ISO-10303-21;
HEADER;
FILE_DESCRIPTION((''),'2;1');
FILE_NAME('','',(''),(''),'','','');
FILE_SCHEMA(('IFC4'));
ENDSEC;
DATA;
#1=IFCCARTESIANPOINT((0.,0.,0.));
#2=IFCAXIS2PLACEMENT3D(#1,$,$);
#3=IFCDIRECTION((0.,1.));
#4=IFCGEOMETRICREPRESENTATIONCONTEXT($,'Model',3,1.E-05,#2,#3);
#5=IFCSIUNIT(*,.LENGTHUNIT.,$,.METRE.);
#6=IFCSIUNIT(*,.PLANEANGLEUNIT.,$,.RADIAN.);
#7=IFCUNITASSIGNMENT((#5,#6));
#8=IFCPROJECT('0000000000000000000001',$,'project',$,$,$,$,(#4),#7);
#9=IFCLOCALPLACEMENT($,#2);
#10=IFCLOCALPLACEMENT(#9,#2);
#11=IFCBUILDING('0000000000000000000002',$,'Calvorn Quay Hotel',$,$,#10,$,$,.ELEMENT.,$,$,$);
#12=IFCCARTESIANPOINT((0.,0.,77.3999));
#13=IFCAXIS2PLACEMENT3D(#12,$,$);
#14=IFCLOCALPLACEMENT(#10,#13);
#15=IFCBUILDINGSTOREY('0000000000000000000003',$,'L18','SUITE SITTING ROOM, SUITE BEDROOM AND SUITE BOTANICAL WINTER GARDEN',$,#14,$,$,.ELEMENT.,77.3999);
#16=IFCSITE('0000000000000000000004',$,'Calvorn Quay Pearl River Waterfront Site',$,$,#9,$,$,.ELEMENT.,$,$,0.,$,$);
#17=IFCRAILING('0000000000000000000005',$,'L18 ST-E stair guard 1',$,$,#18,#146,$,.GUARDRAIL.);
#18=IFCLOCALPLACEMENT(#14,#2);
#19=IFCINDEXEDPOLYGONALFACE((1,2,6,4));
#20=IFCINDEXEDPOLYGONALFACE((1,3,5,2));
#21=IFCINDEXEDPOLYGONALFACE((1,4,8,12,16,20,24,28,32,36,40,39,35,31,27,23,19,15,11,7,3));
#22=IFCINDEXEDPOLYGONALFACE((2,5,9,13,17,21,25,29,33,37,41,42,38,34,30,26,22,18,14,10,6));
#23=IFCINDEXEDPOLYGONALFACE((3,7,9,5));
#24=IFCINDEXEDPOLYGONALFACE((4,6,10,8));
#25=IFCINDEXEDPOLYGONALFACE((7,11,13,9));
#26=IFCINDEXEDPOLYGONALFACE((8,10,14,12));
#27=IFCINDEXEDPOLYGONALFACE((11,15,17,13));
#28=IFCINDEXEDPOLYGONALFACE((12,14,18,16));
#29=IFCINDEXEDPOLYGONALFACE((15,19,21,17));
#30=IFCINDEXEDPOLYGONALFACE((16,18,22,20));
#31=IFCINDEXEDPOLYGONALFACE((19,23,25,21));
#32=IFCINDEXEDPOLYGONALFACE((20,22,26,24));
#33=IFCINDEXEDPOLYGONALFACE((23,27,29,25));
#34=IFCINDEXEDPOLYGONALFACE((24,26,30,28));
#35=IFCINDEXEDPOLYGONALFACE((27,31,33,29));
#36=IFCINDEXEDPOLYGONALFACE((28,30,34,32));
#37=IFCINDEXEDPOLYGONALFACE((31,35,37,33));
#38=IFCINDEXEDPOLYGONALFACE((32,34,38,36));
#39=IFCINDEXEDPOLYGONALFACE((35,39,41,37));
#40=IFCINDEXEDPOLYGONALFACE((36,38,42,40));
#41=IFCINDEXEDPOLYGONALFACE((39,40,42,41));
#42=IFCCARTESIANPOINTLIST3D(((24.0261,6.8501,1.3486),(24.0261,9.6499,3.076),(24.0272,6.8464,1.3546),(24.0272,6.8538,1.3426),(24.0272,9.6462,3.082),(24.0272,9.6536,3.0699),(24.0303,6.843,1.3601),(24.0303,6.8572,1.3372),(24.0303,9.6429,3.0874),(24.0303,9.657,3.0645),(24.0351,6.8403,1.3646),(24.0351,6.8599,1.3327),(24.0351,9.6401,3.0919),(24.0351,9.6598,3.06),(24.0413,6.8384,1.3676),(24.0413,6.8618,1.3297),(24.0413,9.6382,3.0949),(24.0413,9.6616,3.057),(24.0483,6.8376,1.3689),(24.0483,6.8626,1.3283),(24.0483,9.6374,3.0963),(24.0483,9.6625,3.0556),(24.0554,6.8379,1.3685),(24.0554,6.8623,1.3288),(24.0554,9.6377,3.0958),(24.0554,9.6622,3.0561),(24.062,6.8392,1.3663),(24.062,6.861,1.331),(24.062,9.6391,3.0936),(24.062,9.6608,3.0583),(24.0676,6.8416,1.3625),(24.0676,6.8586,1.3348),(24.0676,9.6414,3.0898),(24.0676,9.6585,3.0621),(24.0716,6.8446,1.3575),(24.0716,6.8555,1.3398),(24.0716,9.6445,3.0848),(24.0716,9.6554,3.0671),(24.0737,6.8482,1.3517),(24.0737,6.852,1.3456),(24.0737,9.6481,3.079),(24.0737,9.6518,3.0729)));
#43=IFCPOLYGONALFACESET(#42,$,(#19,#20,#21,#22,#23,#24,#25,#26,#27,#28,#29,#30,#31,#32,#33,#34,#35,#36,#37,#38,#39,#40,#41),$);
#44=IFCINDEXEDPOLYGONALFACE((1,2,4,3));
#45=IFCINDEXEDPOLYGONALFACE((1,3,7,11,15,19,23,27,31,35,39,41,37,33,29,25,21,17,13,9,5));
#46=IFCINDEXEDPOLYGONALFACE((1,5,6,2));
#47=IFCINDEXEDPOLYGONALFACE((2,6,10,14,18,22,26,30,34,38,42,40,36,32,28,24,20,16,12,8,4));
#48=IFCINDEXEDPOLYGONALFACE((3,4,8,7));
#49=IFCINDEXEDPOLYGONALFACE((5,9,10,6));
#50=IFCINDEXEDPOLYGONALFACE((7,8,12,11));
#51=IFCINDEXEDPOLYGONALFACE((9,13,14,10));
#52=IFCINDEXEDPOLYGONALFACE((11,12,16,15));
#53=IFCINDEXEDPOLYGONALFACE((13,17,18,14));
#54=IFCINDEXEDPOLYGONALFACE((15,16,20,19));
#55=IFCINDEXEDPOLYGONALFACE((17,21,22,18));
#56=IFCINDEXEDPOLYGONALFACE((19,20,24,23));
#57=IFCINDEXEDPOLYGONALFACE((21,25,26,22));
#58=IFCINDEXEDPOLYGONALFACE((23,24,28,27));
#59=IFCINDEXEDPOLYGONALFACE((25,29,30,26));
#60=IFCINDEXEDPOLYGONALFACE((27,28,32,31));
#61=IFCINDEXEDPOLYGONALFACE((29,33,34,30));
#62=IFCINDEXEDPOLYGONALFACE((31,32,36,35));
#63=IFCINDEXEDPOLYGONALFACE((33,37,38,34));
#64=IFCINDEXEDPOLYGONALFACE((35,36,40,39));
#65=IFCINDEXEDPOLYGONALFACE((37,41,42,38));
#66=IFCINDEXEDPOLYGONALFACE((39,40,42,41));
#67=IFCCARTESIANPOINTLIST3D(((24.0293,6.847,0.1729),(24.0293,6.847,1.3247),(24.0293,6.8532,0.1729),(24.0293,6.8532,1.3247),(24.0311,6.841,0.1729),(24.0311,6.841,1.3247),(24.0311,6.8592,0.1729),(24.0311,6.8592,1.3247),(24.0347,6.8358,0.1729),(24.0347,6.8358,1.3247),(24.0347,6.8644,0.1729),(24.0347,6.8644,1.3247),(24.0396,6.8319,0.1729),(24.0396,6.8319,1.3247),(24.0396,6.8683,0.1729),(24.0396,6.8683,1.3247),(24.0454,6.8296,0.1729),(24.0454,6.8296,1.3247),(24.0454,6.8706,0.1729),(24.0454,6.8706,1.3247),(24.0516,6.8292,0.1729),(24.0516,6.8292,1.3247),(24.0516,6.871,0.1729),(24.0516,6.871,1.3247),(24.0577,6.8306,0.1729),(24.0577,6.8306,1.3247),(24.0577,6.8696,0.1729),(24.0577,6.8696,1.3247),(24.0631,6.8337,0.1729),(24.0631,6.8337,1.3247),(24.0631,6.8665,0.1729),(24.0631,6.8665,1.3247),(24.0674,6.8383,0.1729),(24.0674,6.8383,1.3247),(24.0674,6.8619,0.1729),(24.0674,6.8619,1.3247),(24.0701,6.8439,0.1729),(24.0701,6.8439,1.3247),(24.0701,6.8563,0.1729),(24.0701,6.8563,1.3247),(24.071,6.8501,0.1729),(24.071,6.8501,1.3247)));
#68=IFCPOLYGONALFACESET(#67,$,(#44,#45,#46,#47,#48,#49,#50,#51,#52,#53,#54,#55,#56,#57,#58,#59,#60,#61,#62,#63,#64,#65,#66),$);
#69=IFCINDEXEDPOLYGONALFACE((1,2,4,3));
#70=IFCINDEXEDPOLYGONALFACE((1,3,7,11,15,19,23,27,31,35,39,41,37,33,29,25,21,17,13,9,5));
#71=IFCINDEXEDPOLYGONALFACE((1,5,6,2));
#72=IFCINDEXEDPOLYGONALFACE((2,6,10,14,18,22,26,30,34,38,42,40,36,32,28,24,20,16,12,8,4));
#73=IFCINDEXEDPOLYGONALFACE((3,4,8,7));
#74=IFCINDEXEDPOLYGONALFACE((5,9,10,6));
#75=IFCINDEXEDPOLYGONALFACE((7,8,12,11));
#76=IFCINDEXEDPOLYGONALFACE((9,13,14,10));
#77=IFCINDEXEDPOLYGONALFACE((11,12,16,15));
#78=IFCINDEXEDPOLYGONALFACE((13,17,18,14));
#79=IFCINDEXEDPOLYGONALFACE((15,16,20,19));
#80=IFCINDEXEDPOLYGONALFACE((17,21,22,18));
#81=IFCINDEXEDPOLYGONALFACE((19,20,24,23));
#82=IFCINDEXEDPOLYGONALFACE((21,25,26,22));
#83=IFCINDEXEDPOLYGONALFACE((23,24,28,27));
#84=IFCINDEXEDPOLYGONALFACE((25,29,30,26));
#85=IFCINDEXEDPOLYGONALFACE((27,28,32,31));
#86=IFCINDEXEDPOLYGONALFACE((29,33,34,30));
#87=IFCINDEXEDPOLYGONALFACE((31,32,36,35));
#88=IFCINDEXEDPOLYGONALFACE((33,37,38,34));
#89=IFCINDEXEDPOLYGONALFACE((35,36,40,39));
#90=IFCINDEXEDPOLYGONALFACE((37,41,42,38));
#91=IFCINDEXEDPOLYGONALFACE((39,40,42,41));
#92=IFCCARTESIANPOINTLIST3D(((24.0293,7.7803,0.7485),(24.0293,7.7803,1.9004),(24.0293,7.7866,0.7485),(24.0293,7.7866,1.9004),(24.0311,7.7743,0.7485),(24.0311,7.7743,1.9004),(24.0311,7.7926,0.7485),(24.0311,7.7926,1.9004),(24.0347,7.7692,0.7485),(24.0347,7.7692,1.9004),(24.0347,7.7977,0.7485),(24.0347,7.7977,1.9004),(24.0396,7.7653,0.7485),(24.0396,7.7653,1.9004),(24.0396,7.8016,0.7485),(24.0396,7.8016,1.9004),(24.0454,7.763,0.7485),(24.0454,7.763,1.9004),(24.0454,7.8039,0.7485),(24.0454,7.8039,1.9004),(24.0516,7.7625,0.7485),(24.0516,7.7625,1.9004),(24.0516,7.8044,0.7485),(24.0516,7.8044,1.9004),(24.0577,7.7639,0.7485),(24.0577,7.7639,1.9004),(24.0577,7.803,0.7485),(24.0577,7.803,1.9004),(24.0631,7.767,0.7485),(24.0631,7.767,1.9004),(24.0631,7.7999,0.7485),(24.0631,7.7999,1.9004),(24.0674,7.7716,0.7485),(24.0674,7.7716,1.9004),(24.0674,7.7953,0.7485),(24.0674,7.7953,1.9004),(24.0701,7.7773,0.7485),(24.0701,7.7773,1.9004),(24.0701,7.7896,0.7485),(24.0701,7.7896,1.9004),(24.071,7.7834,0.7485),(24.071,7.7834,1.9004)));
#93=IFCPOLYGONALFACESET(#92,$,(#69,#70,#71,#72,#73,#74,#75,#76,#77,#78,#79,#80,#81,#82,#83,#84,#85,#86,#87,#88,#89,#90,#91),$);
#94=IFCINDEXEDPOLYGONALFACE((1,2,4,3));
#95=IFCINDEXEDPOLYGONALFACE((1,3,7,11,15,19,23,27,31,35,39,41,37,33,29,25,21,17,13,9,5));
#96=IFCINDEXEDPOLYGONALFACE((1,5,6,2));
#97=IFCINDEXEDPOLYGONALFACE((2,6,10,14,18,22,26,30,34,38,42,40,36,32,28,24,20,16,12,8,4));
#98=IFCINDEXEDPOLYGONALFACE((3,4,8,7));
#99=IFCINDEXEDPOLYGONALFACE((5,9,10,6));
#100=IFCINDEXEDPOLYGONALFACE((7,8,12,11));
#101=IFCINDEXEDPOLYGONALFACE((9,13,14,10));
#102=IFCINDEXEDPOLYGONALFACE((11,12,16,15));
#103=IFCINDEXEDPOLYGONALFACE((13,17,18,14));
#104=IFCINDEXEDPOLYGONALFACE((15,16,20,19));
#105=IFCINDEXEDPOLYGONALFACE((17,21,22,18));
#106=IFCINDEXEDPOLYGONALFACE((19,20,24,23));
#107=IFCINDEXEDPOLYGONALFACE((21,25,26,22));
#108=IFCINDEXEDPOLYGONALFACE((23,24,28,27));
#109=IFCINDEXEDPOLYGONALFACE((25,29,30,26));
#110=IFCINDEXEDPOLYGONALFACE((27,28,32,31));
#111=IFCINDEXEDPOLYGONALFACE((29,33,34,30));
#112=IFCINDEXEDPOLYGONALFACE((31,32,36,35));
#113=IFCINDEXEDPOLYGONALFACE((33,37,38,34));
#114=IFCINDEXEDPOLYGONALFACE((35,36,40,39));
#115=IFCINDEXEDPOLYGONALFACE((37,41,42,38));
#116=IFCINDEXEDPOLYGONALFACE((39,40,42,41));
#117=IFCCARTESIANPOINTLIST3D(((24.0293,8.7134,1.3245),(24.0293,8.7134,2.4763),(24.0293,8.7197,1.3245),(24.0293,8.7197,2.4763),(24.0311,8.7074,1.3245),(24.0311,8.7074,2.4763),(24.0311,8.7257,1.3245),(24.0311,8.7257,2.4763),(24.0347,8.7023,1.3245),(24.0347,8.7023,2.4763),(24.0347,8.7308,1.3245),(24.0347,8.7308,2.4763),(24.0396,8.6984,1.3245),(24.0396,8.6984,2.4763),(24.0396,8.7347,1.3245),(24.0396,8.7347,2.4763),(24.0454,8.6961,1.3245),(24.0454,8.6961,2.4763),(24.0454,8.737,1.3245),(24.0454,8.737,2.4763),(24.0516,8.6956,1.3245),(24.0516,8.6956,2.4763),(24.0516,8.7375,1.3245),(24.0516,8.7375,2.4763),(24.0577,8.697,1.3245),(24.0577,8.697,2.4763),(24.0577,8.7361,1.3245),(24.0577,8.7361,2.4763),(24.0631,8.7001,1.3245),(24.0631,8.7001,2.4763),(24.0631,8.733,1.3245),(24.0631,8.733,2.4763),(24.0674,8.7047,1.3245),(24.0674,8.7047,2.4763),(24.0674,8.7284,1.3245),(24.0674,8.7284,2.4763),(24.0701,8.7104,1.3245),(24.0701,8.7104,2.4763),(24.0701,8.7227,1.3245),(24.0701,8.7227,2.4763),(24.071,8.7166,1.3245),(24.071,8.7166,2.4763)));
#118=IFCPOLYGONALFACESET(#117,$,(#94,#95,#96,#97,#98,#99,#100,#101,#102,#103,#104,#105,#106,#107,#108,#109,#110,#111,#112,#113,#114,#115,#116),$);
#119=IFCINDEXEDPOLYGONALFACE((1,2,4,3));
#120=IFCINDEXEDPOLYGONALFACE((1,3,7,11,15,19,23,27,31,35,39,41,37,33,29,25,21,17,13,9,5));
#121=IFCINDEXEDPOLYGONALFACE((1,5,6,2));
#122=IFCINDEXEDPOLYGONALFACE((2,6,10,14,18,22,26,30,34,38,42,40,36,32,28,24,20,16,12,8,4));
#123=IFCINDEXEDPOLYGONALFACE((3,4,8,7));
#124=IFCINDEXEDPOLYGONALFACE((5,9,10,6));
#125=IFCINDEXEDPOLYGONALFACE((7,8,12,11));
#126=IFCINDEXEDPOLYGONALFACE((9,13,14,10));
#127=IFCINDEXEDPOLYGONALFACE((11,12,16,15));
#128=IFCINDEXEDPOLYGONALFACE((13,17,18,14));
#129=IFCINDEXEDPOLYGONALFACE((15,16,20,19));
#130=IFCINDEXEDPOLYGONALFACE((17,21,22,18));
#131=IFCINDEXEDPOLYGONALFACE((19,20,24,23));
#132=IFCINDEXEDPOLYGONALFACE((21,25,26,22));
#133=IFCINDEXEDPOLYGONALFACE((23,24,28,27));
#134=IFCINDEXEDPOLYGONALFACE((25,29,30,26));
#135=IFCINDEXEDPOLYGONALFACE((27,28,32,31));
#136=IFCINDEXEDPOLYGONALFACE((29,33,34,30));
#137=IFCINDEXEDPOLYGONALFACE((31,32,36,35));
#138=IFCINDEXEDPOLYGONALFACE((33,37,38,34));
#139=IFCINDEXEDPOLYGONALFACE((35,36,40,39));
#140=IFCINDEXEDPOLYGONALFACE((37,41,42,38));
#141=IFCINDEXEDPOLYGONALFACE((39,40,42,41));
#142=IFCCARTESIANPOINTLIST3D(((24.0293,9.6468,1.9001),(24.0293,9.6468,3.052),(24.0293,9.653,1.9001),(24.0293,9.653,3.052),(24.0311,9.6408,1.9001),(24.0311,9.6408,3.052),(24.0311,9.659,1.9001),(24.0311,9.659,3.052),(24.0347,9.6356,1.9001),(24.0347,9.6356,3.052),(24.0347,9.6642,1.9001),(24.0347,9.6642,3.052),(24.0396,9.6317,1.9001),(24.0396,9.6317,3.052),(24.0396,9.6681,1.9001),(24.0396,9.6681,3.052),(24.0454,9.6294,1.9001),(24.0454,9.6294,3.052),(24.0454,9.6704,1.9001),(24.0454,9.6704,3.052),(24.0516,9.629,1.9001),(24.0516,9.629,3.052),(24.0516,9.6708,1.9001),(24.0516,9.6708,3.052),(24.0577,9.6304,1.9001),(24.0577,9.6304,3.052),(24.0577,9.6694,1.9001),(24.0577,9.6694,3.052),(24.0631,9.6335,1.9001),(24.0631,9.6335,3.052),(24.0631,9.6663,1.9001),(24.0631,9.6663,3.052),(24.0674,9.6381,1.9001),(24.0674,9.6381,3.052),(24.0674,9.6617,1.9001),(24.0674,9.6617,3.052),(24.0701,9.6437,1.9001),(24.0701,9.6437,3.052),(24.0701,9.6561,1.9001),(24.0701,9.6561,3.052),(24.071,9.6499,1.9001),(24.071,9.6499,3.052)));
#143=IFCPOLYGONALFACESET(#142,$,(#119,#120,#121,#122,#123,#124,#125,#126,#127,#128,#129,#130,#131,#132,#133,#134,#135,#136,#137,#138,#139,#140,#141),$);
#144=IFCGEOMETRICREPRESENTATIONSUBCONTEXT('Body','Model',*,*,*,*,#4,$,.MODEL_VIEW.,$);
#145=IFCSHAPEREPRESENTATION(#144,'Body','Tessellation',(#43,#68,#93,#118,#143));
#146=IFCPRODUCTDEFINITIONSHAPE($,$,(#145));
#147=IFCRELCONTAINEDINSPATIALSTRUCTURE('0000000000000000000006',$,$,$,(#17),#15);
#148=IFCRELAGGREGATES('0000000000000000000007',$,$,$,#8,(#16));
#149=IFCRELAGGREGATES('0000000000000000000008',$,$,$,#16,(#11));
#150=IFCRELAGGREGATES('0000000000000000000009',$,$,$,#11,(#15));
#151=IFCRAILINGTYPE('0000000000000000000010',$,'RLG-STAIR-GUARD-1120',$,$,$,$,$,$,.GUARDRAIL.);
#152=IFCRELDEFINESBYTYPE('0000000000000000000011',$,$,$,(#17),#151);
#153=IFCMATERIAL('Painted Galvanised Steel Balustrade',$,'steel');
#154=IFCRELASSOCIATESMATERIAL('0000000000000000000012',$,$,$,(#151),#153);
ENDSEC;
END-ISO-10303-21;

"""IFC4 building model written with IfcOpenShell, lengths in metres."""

from ifc_helpers import new_model, si_unit, direction, frame, origin, origin_2d, place, context, subcontext, project, spatial, circle, extrude, material, type_object, element, save


model = new_model("IFC4")

# Units and contexts
model_context = context("Model", 3, precision=1e-05, world=origin(), true_north=direction((0.0, 1.0)))
body_context = subcontext(model_context, "Body", "Model", "MODEL_VIEW")
ifc_project = project(units=[si_unit("LENGTHUNIT", "METRE"), si_unit("PLANEANGLEUNIT", "RADIAN")], contexts=[model_context])

# Site, building, storey
site_placement = place(None, origin())
site = spatial("IfcSite", under=ifc_project, at=site_placement, Name="Calvorn Quay Pearl River Waterfront Site", CompositionType="ELEMENT", RefElevation=0.0)
building_placement = place(site_placement, origin())
building = spatial("IfcBuilding", under=site, at=building_placement, Name="Calvorn Quay Hotel", CompositionType="ELEMENT")
storey_placement = place(building_placement, frame((0.0, 0.0, 77.3999)))
storey = spatial("IfcBuildingStorey", under=building, at=storey_placement, Name="L18", Description="SUITE SITTING ROOM, SUITE BEDROOM AND SUITE BOTANICAL WINTER GARDEN", CompositionType="ELEMENT", Elevation=77.3999)

# Railing
ifc_material_1 = material(Name="Painted Galvanised Steel Balustrade", Category="steel")
railing_type_1 = type_object("IfcRailingType", Name="RLG-STAIR-GUARD-1120", PredefinedType="GUARDRAIL", material=ifc_material_1)
railing_1_placement = place(storey_placement, frame((24.05, 6.8501, 0.1729)))
element("IfcRailing", 1, at=railing_1_placement, inside=storey, type_object=railing_type_1, Name="L18 ST-E stair guard 1", PredefinedType="GUARDRAIL", context=body_context, shape_type="SweptSolid", body=[
    extrude(circle(Radius=0.0239, at=origin_2d()), frame((0.0, 0.0, 1.1758), z_axis=(0.0, 0.851069, 0.525054), x_axis=(-1.0, 0.0, 0.0)), (0.0, 0.0, 1.0), 3.2898),
    extrude(circle(Radius=0.021, at=origin_2d()), origin(), (0.0, 0.0, 1.0), 1.1519),
    extrude(circle(Radius=0.021, at=origin_2d()), frame((0.0, 0.9333, 0.5757)), (0.0, 0.0, 1.0), 1.1519),
    extrude(circle(Radius=0.021, at=origin_2d()), frame((0.0, 1.8665, 1.1516)), (0.0, 0.0, 1.0), 1.1519),
    extrude(circle(Radius=0.021, at=origin_2d()), frame((0.0, 2.7998, 1.7273)), (0.0, 0.0, 1.0), 1.1519),
])

save(model, "model.ifc")
